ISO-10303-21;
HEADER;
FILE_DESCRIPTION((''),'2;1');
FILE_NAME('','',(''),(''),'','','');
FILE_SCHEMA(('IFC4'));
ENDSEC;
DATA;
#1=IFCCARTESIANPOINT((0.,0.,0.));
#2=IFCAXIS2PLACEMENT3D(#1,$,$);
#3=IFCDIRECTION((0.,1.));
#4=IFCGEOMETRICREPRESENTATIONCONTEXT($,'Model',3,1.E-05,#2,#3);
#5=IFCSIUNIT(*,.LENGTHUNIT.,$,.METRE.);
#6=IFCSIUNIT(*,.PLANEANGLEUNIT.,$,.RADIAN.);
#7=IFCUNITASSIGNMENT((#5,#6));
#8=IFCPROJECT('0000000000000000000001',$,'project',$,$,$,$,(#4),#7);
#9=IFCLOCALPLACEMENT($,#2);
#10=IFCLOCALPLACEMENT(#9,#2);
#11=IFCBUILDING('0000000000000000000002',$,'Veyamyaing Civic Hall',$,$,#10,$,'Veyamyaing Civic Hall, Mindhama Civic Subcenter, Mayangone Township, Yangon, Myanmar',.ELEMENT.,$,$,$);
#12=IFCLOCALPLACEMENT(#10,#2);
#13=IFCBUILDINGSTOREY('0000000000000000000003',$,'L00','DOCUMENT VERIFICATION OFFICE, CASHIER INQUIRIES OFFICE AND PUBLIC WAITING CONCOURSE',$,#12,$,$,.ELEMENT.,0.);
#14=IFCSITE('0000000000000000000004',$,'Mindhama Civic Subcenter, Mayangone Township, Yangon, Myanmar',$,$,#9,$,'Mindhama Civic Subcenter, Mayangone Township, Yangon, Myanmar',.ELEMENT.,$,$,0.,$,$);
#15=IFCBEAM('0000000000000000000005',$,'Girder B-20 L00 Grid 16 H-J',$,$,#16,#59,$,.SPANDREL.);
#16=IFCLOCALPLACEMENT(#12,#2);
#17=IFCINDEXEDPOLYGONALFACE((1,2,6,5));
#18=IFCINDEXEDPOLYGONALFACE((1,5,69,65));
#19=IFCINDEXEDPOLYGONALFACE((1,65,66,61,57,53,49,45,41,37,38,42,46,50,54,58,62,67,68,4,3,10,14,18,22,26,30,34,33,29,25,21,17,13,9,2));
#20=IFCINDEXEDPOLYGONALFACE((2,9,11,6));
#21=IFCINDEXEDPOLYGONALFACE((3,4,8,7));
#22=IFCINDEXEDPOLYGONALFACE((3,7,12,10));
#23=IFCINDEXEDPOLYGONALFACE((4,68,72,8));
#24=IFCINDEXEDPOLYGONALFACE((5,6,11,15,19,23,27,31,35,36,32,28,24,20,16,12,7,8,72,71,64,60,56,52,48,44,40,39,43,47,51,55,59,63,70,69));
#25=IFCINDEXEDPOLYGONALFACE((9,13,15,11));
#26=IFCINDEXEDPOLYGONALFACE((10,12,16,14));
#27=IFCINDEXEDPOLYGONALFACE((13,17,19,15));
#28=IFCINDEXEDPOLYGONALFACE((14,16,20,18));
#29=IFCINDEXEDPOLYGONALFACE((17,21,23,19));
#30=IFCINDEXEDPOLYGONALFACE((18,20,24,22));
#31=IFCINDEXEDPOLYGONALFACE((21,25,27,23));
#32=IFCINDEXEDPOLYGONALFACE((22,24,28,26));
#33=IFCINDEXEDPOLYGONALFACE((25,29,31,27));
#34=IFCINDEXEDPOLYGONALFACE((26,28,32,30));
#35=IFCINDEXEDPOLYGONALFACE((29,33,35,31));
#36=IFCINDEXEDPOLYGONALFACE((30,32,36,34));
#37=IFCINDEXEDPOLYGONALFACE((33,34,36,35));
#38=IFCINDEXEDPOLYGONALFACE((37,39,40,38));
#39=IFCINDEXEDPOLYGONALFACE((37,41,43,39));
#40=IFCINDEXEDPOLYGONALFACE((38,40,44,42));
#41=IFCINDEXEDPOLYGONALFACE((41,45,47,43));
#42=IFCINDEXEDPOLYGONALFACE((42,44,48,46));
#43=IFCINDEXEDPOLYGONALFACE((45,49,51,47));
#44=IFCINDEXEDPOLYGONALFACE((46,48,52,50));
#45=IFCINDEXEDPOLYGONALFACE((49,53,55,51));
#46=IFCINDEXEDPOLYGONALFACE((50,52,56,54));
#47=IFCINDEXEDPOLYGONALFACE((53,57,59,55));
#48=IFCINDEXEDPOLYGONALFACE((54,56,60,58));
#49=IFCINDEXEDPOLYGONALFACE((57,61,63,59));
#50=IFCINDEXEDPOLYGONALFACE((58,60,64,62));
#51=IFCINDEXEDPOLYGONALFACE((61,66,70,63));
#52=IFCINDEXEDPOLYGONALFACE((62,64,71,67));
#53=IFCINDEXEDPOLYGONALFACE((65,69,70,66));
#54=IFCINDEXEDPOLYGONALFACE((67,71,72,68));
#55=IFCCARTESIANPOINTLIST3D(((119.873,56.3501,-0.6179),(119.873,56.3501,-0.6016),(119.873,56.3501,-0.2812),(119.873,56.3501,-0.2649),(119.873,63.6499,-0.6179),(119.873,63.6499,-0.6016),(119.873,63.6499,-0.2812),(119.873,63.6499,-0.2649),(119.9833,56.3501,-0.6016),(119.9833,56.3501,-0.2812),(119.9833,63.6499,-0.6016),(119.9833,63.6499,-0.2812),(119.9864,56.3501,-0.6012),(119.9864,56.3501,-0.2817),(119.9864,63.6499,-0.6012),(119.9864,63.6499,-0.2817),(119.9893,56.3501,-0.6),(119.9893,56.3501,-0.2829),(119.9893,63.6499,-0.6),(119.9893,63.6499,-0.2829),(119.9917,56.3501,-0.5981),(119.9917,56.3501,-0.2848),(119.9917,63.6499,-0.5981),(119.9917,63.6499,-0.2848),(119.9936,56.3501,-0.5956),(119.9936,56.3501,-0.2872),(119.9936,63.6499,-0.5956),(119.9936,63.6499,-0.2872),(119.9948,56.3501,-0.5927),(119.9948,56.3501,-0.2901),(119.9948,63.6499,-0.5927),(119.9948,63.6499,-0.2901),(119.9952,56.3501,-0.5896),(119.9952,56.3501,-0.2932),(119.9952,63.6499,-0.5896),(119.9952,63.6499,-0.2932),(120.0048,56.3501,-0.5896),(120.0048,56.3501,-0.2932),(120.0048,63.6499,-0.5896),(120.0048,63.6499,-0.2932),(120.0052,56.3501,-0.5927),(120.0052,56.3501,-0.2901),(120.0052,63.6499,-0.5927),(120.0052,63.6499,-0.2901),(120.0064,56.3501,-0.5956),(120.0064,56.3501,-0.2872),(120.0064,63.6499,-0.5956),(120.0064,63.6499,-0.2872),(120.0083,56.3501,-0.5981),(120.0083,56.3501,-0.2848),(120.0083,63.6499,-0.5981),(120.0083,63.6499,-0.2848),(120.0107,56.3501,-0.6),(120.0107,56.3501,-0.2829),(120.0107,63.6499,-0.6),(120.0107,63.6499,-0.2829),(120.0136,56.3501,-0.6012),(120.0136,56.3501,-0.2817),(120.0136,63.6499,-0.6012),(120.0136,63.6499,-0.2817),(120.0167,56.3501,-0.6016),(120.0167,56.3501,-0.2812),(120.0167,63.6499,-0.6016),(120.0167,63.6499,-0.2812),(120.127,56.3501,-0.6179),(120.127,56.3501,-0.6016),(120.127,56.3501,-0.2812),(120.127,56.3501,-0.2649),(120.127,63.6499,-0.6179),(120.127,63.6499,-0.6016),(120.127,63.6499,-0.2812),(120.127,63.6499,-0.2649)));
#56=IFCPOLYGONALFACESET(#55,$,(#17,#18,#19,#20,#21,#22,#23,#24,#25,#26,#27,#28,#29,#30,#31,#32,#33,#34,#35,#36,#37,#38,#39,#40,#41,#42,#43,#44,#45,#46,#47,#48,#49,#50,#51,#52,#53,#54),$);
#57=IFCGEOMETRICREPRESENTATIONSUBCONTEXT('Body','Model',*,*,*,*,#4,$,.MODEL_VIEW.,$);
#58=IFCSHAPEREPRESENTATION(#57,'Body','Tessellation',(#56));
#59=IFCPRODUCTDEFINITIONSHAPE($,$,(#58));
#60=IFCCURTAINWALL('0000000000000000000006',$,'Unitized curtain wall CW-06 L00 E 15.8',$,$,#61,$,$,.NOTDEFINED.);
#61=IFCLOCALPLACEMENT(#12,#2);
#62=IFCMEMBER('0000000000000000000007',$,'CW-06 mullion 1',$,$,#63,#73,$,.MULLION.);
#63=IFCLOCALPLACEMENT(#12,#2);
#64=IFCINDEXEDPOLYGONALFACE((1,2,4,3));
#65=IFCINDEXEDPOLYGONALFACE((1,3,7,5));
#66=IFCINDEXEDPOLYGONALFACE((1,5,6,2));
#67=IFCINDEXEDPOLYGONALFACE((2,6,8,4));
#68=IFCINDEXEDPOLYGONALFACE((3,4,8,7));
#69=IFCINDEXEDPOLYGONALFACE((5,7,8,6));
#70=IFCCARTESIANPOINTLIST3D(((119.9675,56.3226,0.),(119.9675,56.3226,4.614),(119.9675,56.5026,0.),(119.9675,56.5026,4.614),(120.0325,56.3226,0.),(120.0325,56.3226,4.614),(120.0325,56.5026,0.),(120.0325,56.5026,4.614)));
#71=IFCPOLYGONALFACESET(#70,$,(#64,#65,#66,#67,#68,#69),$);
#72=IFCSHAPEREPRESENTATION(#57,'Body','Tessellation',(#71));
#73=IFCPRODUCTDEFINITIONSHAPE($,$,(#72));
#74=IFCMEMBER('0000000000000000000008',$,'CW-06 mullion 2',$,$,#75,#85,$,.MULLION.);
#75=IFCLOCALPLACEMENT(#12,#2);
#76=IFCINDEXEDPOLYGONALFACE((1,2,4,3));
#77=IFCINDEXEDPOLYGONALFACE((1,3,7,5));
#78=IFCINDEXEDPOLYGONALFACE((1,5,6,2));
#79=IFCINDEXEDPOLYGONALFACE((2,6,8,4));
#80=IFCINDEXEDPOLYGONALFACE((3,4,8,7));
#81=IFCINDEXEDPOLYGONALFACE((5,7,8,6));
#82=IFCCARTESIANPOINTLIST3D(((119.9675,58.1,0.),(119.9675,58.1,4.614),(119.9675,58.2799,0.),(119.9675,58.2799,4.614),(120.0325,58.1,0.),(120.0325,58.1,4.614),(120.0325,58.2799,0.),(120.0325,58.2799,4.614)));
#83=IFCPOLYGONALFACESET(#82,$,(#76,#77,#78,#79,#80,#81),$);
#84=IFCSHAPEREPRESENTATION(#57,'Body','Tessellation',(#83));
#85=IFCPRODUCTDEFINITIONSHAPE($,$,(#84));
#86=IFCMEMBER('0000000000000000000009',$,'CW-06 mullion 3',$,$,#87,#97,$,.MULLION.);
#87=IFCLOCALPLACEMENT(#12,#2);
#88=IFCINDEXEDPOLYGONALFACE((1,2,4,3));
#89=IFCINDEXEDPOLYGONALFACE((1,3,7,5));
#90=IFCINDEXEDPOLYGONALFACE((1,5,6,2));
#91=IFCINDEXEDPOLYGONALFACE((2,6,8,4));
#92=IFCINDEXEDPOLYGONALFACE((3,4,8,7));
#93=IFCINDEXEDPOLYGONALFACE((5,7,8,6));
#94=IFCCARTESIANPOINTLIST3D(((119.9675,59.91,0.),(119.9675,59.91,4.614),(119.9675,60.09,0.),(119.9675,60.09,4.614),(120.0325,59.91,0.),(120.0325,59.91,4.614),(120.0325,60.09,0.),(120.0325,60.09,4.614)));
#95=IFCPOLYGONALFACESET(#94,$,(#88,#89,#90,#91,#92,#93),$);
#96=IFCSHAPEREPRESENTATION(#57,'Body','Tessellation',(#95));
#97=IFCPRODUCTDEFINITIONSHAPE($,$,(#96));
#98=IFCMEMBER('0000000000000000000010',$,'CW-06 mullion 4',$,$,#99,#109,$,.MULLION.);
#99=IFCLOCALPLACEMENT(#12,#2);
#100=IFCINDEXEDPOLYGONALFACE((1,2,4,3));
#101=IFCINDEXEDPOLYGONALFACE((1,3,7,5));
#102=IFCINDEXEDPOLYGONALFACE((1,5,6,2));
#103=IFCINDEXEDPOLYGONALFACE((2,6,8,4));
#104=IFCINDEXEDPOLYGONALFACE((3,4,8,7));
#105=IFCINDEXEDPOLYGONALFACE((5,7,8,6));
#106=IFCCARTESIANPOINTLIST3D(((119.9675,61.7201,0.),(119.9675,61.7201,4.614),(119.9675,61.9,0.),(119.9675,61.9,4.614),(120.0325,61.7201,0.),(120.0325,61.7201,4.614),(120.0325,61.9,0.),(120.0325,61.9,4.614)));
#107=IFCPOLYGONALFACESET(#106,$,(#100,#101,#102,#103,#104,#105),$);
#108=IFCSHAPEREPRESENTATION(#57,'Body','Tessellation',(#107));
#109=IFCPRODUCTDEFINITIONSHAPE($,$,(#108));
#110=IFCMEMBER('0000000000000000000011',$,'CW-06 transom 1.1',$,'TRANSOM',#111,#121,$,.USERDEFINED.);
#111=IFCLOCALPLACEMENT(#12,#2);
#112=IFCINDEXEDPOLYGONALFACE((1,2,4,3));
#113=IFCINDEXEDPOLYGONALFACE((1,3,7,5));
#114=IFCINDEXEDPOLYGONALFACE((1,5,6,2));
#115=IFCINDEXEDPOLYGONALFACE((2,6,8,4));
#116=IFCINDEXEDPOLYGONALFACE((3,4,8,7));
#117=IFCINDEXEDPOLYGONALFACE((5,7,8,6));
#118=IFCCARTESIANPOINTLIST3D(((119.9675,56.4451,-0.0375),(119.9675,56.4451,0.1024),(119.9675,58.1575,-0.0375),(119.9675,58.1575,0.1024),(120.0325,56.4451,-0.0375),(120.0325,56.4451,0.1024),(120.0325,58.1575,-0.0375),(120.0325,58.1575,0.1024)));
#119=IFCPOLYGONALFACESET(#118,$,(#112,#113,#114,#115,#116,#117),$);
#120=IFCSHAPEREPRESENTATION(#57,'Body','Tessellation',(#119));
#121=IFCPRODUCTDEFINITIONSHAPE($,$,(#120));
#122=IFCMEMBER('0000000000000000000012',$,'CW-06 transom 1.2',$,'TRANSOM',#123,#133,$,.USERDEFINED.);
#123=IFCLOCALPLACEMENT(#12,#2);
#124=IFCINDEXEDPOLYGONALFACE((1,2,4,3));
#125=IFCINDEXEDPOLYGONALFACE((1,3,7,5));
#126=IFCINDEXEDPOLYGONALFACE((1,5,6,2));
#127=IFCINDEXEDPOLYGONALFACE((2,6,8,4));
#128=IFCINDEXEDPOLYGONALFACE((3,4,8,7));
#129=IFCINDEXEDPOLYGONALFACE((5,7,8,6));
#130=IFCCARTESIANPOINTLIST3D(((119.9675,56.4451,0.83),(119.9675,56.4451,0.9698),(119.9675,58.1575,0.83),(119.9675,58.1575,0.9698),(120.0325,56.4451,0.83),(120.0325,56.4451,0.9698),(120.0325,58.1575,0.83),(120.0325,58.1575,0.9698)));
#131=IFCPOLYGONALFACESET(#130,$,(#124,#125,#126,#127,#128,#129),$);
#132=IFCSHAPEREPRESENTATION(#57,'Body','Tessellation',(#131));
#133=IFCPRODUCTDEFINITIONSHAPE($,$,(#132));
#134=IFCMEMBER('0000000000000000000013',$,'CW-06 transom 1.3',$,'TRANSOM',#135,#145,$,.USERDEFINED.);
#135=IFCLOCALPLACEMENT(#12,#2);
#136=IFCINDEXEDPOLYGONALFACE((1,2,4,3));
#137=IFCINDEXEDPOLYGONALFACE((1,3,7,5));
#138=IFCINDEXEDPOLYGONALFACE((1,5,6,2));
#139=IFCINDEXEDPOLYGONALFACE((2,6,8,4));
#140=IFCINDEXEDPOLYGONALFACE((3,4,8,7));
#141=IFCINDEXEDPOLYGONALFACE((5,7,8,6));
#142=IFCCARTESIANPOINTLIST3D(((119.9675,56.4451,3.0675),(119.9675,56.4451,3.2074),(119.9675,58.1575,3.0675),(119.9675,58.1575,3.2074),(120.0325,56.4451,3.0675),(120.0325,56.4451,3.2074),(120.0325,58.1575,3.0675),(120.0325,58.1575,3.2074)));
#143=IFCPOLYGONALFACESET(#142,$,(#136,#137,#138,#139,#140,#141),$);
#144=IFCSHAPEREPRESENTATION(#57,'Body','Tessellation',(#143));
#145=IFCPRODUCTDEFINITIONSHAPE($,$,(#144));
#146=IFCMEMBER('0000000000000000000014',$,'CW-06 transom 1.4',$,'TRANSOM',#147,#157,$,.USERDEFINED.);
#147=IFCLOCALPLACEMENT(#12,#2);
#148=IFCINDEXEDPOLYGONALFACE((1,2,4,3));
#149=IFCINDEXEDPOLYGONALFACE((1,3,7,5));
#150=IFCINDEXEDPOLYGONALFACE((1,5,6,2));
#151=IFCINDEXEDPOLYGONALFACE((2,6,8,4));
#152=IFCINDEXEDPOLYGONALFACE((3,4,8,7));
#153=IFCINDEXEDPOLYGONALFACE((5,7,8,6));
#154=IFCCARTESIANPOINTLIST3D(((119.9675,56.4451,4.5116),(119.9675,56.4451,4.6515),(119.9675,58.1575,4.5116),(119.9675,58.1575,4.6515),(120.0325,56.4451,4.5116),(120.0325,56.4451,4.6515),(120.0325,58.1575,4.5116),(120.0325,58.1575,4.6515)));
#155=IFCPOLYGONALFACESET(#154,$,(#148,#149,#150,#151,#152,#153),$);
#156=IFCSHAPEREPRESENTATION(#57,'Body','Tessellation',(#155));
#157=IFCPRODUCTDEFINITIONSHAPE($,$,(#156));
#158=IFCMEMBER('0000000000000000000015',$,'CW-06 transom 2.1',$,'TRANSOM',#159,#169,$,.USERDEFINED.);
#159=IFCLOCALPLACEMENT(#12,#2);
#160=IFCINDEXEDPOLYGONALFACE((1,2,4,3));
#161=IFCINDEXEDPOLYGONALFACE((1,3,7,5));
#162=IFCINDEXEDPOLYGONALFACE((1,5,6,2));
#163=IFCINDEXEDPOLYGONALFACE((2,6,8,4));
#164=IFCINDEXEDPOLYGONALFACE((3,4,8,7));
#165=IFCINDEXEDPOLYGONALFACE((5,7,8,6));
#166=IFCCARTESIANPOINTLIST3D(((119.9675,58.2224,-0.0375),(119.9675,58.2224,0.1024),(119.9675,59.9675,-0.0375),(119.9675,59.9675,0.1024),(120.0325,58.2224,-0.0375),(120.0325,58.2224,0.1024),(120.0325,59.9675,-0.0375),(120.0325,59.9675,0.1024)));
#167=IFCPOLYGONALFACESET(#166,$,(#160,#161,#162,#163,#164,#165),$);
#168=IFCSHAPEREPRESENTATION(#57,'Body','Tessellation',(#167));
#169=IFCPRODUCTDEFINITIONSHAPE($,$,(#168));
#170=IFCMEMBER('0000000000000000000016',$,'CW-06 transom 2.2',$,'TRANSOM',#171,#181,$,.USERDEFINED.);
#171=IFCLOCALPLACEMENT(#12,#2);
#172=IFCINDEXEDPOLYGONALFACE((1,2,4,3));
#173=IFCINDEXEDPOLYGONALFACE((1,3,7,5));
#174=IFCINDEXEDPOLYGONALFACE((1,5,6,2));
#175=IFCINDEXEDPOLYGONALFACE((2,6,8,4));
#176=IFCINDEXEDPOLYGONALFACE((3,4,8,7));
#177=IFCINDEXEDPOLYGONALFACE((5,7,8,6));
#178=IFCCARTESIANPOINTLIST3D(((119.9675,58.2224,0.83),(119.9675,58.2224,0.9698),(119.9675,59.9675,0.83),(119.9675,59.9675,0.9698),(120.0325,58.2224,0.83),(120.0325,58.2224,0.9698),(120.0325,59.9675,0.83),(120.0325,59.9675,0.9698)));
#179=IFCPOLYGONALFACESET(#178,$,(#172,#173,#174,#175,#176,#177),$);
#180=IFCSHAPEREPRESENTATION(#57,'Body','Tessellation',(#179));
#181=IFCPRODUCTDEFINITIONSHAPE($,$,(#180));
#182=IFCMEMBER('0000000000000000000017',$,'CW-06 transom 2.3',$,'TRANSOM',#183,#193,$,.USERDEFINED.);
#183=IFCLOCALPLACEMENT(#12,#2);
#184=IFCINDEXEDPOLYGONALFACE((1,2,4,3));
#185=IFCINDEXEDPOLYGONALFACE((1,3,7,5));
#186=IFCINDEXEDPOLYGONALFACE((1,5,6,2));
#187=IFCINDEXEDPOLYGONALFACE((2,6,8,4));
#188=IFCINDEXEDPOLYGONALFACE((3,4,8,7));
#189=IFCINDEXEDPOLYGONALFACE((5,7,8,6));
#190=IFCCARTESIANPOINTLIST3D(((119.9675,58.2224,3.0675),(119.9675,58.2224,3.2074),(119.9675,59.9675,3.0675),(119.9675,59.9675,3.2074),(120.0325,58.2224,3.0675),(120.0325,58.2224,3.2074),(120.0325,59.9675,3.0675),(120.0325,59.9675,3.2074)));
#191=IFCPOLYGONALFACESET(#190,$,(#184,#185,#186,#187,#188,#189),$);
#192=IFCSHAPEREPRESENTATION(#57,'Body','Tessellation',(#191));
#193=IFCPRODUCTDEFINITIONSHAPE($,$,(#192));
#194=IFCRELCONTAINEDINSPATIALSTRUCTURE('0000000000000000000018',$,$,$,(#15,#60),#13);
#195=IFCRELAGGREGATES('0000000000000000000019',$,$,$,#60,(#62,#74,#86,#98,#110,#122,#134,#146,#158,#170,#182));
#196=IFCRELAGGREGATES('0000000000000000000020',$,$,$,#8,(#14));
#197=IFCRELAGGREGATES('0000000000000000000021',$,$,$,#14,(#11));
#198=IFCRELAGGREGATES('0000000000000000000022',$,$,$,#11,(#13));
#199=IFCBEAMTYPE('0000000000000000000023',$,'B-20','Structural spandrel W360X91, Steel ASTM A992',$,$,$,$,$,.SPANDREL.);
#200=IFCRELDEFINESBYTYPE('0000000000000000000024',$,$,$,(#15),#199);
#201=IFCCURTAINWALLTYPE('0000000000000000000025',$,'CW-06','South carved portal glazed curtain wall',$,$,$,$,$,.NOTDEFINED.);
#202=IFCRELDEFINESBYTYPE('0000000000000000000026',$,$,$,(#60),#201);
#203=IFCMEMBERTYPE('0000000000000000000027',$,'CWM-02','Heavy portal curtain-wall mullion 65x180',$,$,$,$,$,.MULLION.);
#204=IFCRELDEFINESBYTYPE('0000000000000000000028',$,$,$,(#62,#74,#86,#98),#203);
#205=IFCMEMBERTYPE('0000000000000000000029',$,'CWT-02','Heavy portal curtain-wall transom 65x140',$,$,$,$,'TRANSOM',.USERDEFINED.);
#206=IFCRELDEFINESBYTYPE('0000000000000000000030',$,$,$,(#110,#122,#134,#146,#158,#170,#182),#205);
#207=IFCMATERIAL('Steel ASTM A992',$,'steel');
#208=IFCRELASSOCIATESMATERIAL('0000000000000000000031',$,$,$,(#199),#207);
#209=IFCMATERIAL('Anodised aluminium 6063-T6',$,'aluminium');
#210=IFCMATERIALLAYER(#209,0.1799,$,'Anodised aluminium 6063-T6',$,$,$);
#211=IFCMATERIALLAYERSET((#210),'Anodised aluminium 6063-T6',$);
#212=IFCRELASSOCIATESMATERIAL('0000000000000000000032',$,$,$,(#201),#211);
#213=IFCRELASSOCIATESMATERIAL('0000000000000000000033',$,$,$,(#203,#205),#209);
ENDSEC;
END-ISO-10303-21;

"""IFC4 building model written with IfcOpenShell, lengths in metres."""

from ifc_helpers import new_model, si_unit, direction, frame, origin, origin_2d, place, context, subcontext, project, spatial, rectangle, i_section, extrude, material, layer, layer_set, material_profile, profile_set, type_object, element, aggregate, save


model = new_model("IFC4")

# Units and contexts
model_context = context("Model", 3, precision=1e-05, world=origin(), true_north=direction((0.0, 1.0)))
body_context = subcontext(model_context, "Body", "Model", "MODEL_VIEW")
ifc_project = project(units=[si_unit("LENGTHUNIT", "METRE"), si_unit("PLANEANGLEUNIT", "RADIAN")], contexts=[model_context])

# Site, building, storey
site_placement = place(None, origin())
site = spatial("IfcSite", under=ifc_project, at=site_placement, Name="Mindhama Civic Subcenter, Mayangone Township, Yangon, Myanmar", LongName="Mindhama Civic Subcenter, Mayangone Township, Yangon, Myanmar", CompositionType="ELEMENT", RefElevation=0.0)
building_placement = place(site_placement, origin())
building = spatial("IfcBuilding", under=site, at=building_placement, Name="Veyamyaing Civic Hall", LongName="Veyamyaing Civic Hall, Mindhama Civic Subcenter, Mayangone Township, Yangon, Myanmar", CompositionType="ELEMENT")
storey_placement = place(building_placement, origin())
storey = spatial("IfcBuildingStorey", under=building, at=storey_placement, Name="L00", Description="DOCUMENT VERIFICATION OFFICE, CASHIER INQUIRIES OFFICE AND PUBLIC WAITING CONCOURSE", CompositionType="ELEMENT", Elevation=0.0)

# Beam
ifc_material_1 = material(Name="Steel ASTM A992", Category="steel")
ifc_material_profile_1 = material_profile(ifc_material_1, i_section(OverallWidth=0.2539, OverallDepth=0.353, WebThickness=0.0095, FlangeThickness=0.0164, FilletRadius=0.012, at=origin_2d()), Name="W360X91")
ifc_profile_set_1 = profile_set([ifc_material_profile_1], Name="Steel ASTM A992")
beam_type_1 = type_object("IfcBeamType", Name="B-20", Description="Structural spandrel W360X91, Steel ASTM A992", PredefinedType="SPANDREL", material=ifc_profile_set_1)
beam_placement = place(storey_placement, frame((120.0, 56.3501, -0.4414), z_axis=(0.0, 1.0, 0.0), x_axis=(-1.0, 0.0, 0.0)))
element("IfcBeam", 1, at=beam_placement, inside=storey, type_object=beam_type_1, Name="Girder B-20 L00 Grid 16 H-J", PredefinedType="SPANDREL", context=body_context, shape_type="SweptSolid", body=[
    extrude(i_section(OverallWidth=0.2539, OverallDepth=0.353, WebThickness=0.0095, FlangeThickness=0.0164, FilletRadius=0.012, at=origin_2d()), origin(), (0.0, 0.0, 1.0), 7.2998),
])

# Curtain wall, members
ifc_material_2 = material(Name="Anodised aluminium 6063-T6", Category="aluminium")
ifc_layer_1 = layer(ifc_material_2, 0.1799, Name="Anodised aluminium 6063-T6")
ifc_layer_set_1 = layer_set([ifc_layer_1], Name="Anodised aluminium 6063-T6")
curtain_wall_type = type_object("IfcCurtainWallType", Name="CW-06", Description="South carved portal glazed curtain wall", PredefinedType="NOTDEFINED", material=ifc_layer_set_1)
curtain_wall_placement = place(storey_placement, origin())
curtain_wall = element("IfcCurtainWall", 2, at=curtain_wall_placement, inside=storey, type_object=curtain_wall_type, Name="Unitized curtain wall CW-06 L00 E 15.8", PredefinedType="NOTDEFINED")
ifc_material_profile_2 = material_profile(ifc_material_2, rectangle(XDim=0.0649, YDim=0.1799, at=origin_2d()), Name="ALU-MUL-65X180")
ifc_profile_set_2 = profile_set([ifc_material_profile_2], Name="Anodised aluminium 6063-T6")
member_type_1 = type_object("IfcMemberType", Name="CWM-02", Description="Heavy portal curtain-wall mullion 65x180", PredefinedType="MULLION", material=ifc_profile_set_2)
member_1_placement = place(storey_placement, frame((120.0, 56.4126, 0.0), z_axis=(0.0, 0.0, 1.0), x_axis=(-1.0, 0.0, 0.0)))
member_1 = element("IfcMember", 3, at=member_1_placement, type_object=member_type_1, Name="CW-06 mullion 1", PredefinedType="MULLION", context=body_context, shape_type="SweptSolid", body=[
    extrude(rectangle(XDim=0.0649, YDim=0.1799, at=origin_2d()), origin(), (0.0, 0.0, 1.0), 4.614),
])
member_2_placement = place(storey_placement, frame((120.0, 58.1899, 0.0), z_axis=(0.0, 0.0, 1.0), x_axis=(-1.0, 0.0, 0.0)))
member_2 = element("IfcMember", 4, at=member_2_placement, type_object=member_type_1, Name="CW-06 mullion 2", PredefinedType="MULLION", context=body_context, shape_type="SweptSolid", body=[
    extrude(rectangle(XDim=0.0649, YDim=0.1799, at=origin_2d()), origin(), (0.0, 0.0, 1.0), 4.614),
])
member_3_placement = place(storey_placement, frame((120.0, 60.0, 0.0), z_axis=(0.0, 0.0, 1.0), x_axis=(-1.0, 0.0, 0.0)))
member_3 = element("IfcMember", 5, at=member_3_placement, type_object=member_type_1, Name="CW-06 mullion 3", PredefinedType="MULLION", context=body_context, shape_type="SweptSolid", body=[
    extrude(rectangle(XDim=0.0649, YDim=0.1799, at=origin_2d()), origin(), (0.0, 0.0, 1.0), 4.614),
])
member_4_placement = place(storey_placement, frame((120.0, 61.8101, 0.0), z_axis=(0.0, 0.0, 1.0), x_axis=(-1.0, 0.0, 0.0)))
member_4 = element("IfcMember", 6, at=member_4_placement, type_object=member_type_1, Name="CW-06 mullion 4", PredefinedType="MULLION", context=body_context, shape_type="SweptSolid", body=[
    extrude(rectangle(XDim=0.0649, YDim=0.1799, at=origin_2d()), origin(), (0.0, 0.0, 1.0), 4.614),
])
ifc_material_profile_3 = material_profile(ifc_material_2, rectangle(XDim=0.0649, YDim=0.1399, at=origin_2d()), Name="ALU-TRN-65X140")
ifc_profile_set_3 = profile_set([ifc_material_profile_3], Name="Anodised aluminium 6063-T6")
member_type_2 = type_object("IfcMemberType", Name="CWT-02", Description="Heavy portal curtain-wall transom 65x140", ElementType="TRANSOM", PredefinedType="USERDEFINED", material=ifc_profile_set_3)
member_5_placement = place(storey_placement, frame((120.0, 56.4451, 0.0325), z_axis=(0.0, 1.0, 0.0), x_axis=(-1.0, 0.0, 0.0)))
member_5 = element("IfcMember", 7, at=member_5_placement, type_object=member_type_2, Name="CW-06 transom 1.1", ObjectType="TRANSOM", PredefinedType="USERDEFINED", context=body_context, shape_type="SweptSolid", body=[
    extrude(rectangle(XDim=0.0649, YDim=0.1399, at=origin_2d()), origin(), (0.0, 0.0, 1.0), 1.7124),
])
member_6_placement = place(storey_placement, frame((120.0, 56.4451, 0.8999), z_axis=(0.0, 1.0, 0.0), x_axis=(-1.0, 0.0, 0.0)))
member_6 = element("IfcMember", 8, at=member_6_placement, type_object=member_type_2, Name="CW-06 transom 1.2", ObjectType="TRANSOM", PredefinedType="USERDEFINED", context=body_context, shape_type="SweptSolid", body=[
    extrude(rectangle(XDim=0.0649, YDim=0.1399, at=origin_2d()), origin(), (0.0, 0.0, 1.0), 1.7124),
])
member_7_placement = place(storey_placement, frame((120.0, 56.4451, 3.1375), z_axis=(0.0, 1.0, 0.0), x_axis=(-1.0, 0.0, 0.0)))
member_7 = element("IfcMember", 9, at=member_7_placement, type_object=member_type_2, Name="CW-06 transom 1.3", ObjectType="TRANSOM", PredefinedType="USERDEFINED", context=body_context, shape_type="SweptSolid", body=[
    extrude(rectangle(XDim=0.0649, YDim=0.1399, at=origin_2d()), origin(), (0.0, 0.0, 1.0), 1.7124),
])
member_8_placement = place(storey_placement, frame((120.0, 56.4451, 4.5815), z_axis=(0.0, 1.0, 0.0), x_axis=(-1.0, 0.0, 0.0)))
member_8 = element("IfcMember", 10, at=member_8_placement, type_object=member_type_2, Name="CW-06 transom 1.4", ObjectType="TRANSOM", PredefinedType="USERDEFINED", context=body_context, shape_type="SweptSolid", body=[
    extrude(rectangle(XDim=0.0649, YDim=0.1399, at=origin_2d()), origin(), (0.0, 0.0, 1.0), 1.7124),
])
member_9_placement = place(storey_placement, frame((120.0, 58.2224, 0.0325), z_axis=(0.0, 1.0, 0.0), x_axis=(-1.0, 0.0, 0.0)))
member_9 = element("IfcMember", 11, at=member_9_placement, type_object=member_type_2, Name="CW-06 transom 2.1", ObjectType="TRANSOM", PredefinedType="USERDEFINED", context=body_context, shape_type="SweptSolid", body=[
    extrude(rectangle(XDim=0.0649, YDim=0.1399, at=origin_2d()), origin(), (0.0, 0.0, 1.0), 1.7451),
])
member_10_placement = place(storey_placement, frame((120.0, 58.2224, 0.8999), z_axis=(0.0, 1.0, 0.0), x_axis=(-1.0, 0.0, 0.0)))
member_10 = element("IfcMember", 12, at=member_10_placement, type_object=member_type_2, Name="CW-06 transom 2.2", ObjectType="TRANSOM", PredefinedType="USERDEFINED", context=body_context, shape_type="SweptSolid", body=[
    extrude(rectangle(XDim=0.0649, YDim=0.1399, at=origin_2d()), origin(), (0.0, 0.0, 1.0), 1.7451),
])
member_11_placement = place(storey_placement, frame((120.0, 58.2224, 3.1375), z_axis=(0.0, 1.0, 0.0), x_axis=(-1.0, 0.0, 0.0)))
member_11 = element("IfcMember", 13, at=member_11_placement, type_object=member_type_2, Name="CW-06 transom 2.3", ObjectType="TRANSOM", PredefinedType="USERDEFINED", context=body_context, shape_type="SweptSolid", body=[
    extrude(rectangle(XDim=0.0649, YDim=0.1399, at=origin_2d()), origin(), (0.0, 0.0, 1.0), 1.7451),
])

aggregate(curtain_wall, [member_1, member_2, member_3, member_4, member_5, member_6, member_7, member_8, member_9, member_10, member_11])

save(model, "model.ifc")
